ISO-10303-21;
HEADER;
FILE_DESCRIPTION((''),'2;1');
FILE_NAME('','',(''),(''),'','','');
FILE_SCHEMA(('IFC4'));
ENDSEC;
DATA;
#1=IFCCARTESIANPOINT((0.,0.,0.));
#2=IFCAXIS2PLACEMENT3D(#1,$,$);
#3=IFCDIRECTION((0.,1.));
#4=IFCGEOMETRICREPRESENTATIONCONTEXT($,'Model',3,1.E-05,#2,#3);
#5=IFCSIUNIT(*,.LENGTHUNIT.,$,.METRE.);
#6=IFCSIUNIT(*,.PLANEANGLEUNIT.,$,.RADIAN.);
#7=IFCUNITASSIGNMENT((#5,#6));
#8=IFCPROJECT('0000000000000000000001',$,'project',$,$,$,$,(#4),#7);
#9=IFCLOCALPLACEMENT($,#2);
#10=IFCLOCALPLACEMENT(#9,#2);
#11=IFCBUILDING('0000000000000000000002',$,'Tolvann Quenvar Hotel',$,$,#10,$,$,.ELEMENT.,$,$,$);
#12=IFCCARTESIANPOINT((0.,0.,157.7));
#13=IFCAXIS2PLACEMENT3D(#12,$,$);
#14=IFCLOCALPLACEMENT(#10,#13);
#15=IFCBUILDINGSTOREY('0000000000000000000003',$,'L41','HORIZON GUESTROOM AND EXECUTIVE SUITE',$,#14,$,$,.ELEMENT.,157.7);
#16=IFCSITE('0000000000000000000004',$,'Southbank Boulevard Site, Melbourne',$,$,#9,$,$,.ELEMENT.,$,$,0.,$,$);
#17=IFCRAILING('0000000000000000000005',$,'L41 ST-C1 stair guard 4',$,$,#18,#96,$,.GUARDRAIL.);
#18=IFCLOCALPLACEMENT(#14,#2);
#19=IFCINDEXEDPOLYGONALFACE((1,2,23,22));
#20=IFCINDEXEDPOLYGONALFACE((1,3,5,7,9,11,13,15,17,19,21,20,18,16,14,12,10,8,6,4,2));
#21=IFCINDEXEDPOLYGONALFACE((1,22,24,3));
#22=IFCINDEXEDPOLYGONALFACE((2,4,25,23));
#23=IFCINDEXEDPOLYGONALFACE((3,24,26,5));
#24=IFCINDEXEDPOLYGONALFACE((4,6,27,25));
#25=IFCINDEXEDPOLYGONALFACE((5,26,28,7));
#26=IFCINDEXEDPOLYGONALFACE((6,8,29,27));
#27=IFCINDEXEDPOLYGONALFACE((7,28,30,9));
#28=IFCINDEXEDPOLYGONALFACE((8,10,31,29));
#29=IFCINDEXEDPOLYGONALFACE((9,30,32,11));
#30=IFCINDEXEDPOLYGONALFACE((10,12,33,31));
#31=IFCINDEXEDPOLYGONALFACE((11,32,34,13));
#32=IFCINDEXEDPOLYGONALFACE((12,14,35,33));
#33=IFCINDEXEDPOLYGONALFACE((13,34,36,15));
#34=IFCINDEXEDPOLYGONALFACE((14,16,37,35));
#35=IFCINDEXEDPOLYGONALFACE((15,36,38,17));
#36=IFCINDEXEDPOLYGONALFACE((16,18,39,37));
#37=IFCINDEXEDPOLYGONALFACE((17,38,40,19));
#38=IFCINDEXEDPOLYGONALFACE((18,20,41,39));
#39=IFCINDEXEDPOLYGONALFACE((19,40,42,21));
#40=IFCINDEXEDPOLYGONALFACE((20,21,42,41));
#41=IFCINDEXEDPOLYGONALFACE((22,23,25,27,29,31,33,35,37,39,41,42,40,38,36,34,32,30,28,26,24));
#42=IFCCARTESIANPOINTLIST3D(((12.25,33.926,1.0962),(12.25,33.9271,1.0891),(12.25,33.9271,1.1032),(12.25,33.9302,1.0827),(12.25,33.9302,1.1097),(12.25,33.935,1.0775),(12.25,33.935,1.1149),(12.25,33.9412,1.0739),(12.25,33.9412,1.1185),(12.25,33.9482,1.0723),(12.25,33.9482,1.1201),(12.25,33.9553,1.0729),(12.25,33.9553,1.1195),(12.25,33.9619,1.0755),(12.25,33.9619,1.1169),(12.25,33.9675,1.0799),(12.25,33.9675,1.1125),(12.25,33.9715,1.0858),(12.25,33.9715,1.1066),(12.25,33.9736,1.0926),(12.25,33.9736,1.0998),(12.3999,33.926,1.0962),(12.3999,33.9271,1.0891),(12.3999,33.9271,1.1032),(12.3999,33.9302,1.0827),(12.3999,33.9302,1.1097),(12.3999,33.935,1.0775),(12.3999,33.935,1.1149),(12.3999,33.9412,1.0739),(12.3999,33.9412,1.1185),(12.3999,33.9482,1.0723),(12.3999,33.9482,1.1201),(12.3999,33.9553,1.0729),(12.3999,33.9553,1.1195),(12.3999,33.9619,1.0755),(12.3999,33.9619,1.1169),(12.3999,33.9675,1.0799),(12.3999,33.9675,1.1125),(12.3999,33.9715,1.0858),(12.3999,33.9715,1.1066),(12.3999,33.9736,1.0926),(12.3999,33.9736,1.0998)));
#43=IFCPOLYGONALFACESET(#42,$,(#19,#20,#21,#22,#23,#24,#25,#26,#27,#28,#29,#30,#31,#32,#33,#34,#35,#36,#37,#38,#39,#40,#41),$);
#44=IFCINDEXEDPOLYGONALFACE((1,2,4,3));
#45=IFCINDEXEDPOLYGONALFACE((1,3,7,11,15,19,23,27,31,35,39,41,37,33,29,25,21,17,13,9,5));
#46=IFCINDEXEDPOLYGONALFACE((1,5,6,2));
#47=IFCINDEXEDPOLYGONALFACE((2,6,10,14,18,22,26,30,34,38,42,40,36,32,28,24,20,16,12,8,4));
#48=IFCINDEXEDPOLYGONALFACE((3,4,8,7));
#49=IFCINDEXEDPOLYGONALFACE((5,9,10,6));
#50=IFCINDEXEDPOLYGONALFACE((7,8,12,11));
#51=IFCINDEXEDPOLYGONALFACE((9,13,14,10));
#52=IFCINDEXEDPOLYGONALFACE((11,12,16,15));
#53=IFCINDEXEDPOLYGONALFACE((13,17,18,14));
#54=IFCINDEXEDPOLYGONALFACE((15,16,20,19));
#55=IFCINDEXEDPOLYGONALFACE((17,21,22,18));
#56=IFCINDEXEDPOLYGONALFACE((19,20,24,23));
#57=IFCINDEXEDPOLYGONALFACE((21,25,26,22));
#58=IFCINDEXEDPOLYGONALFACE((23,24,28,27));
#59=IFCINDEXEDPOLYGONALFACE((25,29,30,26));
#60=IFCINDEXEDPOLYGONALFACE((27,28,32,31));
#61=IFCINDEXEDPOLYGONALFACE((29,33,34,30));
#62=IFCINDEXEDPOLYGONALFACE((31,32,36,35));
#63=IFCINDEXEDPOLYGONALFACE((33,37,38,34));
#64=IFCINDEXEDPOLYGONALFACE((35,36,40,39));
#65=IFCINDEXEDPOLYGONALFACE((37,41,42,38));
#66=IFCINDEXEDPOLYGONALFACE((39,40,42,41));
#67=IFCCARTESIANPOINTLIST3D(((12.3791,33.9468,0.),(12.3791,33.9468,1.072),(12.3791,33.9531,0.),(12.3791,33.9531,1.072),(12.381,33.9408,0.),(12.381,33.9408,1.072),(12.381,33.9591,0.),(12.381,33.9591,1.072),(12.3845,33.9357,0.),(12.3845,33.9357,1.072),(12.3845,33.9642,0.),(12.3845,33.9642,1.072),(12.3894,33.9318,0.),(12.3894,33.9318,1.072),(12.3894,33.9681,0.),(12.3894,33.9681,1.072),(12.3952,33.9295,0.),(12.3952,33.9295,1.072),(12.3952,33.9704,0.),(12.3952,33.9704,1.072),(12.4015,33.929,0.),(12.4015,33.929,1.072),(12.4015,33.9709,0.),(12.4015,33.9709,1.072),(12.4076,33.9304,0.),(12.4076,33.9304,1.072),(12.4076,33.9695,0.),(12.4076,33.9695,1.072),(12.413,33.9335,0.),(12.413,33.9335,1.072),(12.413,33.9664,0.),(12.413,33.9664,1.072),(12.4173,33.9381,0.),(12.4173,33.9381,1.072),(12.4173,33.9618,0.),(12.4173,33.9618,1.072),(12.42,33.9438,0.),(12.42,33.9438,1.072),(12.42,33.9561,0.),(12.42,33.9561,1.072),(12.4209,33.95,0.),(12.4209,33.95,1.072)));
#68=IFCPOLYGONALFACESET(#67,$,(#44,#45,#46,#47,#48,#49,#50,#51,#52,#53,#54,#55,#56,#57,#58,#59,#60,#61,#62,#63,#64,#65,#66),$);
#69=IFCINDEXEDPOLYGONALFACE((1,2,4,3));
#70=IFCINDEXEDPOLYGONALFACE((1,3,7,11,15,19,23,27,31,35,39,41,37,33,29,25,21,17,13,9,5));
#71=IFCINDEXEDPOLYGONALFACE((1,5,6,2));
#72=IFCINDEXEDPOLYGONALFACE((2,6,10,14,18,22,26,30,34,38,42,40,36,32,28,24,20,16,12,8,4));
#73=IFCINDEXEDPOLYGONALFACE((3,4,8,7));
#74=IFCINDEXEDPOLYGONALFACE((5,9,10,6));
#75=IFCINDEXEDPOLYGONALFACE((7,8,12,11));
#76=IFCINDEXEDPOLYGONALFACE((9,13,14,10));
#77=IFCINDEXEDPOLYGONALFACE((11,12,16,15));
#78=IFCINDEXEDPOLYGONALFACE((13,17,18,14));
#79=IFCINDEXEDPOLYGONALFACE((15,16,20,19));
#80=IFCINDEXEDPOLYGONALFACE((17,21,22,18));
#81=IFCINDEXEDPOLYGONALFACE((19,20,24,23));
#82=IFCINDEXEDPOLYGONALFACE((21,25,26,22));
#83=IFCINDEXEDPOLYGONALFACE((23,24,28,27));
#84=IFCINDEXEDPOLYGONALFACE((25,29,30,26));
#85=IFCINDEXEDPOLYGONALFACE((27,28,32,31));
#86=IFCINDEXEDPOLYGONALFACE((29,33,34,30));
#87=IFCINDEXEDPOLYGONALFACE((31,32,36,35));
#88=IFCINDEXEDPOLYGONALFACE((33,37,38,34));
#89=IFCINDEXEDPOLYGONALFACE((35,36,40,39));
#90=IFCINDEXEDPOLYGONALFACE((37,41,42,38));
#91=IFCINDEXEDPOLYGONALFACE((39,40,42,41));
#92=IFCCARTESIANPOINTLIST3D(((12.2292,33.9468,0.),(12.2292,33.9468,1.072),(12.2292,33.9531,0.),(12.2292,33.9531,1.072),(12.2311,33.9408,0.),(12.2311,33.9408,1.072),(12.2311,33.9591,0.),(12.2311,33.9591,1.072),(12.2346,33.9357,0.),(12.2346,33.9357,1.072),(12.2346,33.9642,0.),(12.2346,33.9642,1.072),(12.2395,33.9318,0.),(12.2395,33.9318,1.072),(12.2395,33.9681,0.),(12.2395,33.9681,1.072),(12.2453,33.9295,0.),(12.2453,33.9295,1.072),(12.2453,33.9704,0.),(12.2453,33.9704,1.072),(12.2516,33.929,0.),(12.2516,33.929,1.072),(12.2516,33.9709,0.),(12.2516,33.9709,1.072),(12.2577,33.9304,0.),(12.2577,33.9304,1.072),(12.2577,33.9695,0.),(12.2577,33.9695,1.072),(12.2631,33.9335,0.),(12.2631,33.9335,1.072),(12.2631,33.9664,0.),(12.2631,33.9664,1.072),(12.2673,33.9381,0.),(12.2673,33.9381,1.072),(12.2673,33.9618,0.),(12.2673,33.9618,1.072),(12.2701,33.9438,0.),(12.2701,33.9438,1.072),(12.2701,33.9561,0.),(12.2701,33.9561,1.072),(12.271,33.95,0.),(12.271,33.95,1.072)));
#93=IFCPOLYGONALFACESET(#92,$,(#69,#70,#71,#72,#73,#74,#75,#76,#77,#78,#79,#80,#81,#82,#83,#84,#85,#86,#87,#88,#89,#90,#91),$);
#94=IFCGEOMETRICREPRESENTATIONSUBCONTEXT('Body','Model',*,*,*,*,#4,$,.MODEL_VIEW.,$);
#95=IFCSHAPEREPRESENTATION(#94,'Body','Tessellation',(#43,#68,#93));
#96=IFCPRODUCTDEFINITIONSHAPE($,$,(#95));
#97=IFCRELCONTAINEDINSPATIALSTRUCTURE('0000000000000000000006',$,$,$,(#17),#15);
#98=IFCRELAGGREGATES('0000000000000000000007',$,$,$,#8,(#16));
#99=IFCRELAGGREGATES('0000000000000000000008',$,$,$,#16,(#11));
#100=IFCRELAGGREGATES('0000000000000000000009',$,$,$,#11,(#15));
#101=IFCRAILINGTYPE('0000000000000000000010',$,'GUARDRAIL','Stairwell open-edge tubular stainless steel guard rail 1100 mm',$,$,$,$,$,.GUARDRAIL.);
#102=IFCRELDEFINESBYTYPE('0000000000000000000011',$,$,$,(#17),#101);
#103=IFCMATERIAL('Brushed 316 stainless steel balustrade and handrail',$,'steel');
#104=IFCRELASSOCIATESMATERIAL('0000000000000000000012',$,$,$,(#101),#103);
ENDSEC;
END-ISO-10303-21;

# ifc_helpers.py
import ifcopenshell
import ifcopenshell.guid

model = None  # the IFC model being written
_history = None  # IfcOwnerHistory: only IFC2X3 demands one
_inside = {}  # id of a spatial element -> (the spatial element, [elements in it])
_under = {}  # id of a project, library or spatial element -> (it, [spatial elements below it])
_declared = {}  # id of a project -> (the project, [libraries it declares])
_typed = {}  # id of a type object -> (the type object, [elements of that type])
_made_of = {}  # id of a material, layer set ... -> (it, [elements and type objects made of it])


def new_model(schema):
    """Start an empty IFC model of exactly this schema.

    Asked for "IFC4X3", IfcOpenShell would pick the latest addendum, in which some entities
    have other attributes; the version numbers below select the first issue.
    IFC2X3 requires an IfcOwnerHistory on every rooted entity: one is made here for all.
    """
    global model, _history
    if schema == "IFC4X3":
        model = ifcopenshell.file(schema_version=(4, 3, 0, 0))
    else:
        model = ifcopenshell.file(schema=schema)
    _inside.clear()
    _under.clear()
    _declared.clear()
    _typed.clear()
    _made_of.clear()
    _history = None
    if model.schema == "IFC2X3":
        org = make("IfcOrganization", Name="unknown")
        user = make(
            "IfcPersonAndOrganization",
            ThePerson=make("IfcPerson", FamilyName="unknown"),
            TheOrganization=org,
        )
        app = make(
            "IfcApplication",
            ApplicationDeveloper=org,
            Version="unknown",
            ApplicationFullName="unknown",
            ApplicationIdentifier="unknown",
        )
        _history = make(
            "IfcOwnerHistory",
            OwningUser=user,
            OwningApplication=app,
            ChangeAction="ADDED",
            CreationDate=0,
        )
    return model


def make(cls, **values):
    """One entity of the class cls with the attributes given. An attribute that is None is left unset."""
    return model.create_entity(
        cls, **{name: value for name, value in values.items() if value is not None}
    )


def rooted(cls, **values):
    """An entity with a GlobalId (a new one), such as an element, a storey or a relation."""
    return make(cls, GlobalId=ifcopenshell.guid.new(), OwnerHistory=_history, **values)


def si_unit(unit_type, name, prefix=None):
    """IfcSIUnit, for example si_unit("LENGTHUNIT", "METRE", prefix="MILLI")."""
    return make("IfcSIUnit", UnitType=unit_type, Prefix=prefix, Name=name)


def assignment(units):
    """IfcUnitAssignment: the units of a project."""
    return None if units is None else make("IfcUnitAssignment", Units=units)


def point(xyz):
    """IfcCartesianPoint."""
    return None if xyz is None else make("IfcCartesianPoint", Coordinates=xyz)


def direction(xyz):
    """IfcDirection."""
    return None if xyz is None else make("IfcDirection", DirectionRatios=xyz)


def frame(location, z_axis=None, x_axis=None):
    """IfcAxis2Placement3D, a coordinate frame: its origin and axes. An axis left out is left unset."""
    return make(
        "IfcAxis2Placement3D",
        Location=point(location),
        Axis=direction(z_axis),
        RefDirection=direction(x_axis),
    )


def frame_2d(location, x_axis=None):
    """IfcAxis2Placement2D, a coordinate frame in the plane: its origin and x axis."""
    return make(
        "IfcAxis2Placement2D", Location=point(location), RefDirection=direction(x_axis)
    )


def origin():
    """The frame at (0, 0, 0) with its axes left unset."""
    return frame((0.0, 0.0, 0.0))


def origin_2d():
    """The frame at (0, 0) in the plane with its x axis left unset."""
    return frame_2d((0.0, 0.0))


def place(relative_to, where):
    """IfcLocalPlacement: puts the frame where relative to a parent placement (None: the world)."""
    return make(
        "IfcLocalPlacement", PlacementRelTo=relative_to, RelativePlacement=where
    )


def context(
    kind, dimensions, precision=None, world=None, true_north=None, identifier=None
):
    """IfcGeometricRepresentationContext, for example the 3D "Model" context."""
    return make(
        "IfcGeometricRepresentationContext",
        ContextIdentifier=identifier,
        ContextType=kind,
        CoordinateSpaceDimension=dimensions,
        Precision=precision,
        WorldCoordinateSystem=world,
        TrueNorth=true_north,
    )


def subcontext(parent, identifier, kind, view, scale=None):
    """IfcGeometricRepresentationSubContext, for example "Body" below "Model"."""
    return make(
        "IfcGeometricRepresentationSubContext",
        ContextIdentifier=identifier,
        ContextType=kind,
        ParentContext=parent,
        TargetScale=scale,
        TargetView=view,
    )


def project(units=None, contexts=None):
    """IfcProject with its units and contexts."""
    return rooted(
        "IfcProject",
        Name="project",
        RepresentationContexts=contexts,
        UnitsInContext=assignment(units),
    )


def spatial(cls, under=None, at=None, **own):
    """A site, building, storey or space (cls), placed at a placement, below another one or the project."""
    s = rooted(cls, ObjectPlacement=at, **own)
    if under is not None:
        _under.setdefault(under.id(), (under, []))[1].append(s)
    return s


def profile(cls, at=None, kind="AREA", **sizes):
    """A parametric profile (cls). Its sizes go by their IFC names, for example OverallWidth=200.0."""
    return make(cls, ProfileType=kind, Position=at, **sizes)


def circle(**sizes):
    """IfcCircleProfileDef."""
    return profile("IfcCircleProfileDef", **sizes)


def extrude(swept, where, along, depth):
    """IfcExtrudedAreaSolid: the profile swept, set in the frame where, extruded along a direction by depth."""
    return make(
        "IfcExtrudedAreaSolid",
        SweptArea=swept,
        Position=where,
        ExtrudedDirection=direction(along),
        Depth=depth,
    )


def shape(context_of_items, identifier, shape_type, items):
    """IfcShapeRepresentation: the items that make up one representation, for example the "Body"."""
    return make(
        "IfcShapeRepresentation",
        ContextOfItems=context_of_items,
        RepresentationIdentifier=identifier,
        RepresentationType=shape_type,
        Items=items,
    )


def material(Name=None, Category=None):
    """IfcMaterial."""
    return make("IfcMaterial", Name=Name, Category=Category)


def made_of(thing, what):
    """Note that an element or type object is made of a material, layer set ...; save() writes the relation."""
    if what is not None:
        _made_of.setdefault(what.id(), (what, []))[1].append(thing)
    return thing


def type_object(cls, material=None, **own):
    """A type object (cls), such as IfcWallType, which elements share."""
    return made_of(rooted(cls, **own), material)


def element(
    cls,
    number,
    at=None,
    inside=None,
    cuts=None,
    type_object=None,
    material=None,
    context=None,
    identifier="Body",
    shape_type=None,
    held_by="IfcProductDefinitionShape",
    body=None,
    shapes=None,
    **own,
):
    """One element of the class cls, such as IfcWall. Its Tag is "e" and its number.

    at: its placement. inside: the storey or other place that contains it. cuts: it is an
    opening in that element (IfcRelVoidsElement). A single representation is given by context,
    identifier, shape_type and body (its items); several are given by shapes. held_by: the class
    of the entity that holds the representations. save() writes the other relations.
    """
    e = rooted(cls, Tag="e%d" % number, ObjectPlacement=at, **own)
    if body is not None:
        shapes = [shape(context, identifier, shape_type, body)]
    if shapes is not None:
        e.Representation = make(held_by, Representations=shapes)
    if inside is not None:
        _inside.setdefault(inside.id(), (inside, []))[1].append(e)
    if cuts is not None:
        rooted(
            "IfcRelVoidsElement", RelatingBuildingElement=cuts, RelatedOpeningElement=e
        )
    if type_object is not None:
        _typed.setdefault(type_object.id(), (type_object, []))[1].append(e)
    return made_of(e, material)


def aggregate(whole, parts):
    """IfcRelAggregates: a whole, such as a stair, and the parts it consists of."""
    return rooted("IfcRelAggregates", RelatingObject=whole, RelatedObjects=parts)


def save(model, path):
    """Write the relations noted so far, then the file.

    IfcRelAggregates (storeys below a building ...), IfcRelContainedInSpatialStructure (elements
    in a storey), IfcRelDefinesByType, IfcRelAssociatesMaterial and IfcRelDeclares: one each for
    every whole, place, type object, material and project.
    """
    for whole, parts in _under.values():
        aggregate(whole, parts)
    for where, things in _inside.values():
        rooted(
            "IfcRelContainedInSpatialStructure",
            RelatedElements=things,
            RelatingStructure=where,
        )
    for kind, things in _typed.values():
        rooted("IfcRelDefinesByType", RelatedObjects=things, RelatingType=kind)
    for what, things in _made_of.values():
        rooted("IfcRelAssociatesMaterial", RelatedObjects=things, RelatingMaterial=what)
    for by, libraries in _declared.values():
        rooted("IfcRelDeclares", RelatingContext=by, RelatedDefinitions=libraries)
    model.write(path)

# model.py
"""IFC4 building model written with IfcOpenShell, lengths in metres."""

from ifc_helpers import new_model, si_unit, direction, frame, origin, origin_2d, place, context, subcontext, project, spatial, circle, extrude, material, type_object, element, save


model = new_model("IFC4")

# Units and contexts
model_context = context("Model", 3, precision=1e-05, world=origin(), true_north=direction((0.0, 1.0)))
body_context = subcontext(model_context, "Body", "Model", "MODEL_VIEW")
ifc_project = project(units=[si_unit("LENGTHUNIT", "METRE"), si_unit("PLANEANGLEUNIT", "RADIAN")], contexts=[model_context])

# Site, building, storey
site_placement = place(None, origin())
site = spatial("IfcSite", under=ifc_project, at=site_placement, Name="Southbank Boulevard Site, Melbourne", CompositionType="ELEMENT", RefElevation=0.0)
building_placement = place(site_placement, origin())
building = spatial("IfcBuilding", under=site, at=building_placement, Name="Tolvann Quenvar Hotel", CompositionType="ELEMENT")
storey_placement = place(building_placement, frame((0.0, 0.0, 157.7)))
storey = spatial("IfcBuildingStorey", under=building, at=storey_placement, Name="L41", Description="HORIZON GUESTROOM AND EXECUTIVE SUITE", CompositionType="ELEMENT", Elevation=157.7)

# Railing
ifc_material_1 = material(Name="Brushed 316 stainless steel balustrade and handrail", Category="steel")
railing_type_1 = type_object("IfcRailingType", Name="GUARDRAIL", Description="Stairwell open-edge tubular stainless steel guard rail 1100 mm", PredefinedType="GUARDRAIL", material=ifc_material_1)
railing_1_placement = place(storey_placement, frame((12.3999, 33.95, 0.0)))
element("IfcRailing", 1, at=railing_1_placement, inside=storey, type_object=railing_type_1, Name="L41 ST-C1 stair guard 4", PredefinedType="GUARDRAIL", context=body_context, shape_type="SweptSolid", body=[
    extrude(circle(Radius=0.0239, at=origin_2d()), frame((0.0, 0.0, 1.0962), z_axis=(-1.0, 0.0, 0.0), x_axis=(0.0, -1.0, 0.0)), (0.0, 0.0, 1.0), 0.1499),
    extrude(circle(Radius=0.021, at=origin_2d()), origin(), (0.0, 0.0, 1.0), 1.072),
    extrude(circle(Radius=0.021, at=origin_2d()), frame((-0.1499, 0.0, 0.0)), (0.0, 0.0, 1.0), 1.072),
])

save(model, "model.ifc")
